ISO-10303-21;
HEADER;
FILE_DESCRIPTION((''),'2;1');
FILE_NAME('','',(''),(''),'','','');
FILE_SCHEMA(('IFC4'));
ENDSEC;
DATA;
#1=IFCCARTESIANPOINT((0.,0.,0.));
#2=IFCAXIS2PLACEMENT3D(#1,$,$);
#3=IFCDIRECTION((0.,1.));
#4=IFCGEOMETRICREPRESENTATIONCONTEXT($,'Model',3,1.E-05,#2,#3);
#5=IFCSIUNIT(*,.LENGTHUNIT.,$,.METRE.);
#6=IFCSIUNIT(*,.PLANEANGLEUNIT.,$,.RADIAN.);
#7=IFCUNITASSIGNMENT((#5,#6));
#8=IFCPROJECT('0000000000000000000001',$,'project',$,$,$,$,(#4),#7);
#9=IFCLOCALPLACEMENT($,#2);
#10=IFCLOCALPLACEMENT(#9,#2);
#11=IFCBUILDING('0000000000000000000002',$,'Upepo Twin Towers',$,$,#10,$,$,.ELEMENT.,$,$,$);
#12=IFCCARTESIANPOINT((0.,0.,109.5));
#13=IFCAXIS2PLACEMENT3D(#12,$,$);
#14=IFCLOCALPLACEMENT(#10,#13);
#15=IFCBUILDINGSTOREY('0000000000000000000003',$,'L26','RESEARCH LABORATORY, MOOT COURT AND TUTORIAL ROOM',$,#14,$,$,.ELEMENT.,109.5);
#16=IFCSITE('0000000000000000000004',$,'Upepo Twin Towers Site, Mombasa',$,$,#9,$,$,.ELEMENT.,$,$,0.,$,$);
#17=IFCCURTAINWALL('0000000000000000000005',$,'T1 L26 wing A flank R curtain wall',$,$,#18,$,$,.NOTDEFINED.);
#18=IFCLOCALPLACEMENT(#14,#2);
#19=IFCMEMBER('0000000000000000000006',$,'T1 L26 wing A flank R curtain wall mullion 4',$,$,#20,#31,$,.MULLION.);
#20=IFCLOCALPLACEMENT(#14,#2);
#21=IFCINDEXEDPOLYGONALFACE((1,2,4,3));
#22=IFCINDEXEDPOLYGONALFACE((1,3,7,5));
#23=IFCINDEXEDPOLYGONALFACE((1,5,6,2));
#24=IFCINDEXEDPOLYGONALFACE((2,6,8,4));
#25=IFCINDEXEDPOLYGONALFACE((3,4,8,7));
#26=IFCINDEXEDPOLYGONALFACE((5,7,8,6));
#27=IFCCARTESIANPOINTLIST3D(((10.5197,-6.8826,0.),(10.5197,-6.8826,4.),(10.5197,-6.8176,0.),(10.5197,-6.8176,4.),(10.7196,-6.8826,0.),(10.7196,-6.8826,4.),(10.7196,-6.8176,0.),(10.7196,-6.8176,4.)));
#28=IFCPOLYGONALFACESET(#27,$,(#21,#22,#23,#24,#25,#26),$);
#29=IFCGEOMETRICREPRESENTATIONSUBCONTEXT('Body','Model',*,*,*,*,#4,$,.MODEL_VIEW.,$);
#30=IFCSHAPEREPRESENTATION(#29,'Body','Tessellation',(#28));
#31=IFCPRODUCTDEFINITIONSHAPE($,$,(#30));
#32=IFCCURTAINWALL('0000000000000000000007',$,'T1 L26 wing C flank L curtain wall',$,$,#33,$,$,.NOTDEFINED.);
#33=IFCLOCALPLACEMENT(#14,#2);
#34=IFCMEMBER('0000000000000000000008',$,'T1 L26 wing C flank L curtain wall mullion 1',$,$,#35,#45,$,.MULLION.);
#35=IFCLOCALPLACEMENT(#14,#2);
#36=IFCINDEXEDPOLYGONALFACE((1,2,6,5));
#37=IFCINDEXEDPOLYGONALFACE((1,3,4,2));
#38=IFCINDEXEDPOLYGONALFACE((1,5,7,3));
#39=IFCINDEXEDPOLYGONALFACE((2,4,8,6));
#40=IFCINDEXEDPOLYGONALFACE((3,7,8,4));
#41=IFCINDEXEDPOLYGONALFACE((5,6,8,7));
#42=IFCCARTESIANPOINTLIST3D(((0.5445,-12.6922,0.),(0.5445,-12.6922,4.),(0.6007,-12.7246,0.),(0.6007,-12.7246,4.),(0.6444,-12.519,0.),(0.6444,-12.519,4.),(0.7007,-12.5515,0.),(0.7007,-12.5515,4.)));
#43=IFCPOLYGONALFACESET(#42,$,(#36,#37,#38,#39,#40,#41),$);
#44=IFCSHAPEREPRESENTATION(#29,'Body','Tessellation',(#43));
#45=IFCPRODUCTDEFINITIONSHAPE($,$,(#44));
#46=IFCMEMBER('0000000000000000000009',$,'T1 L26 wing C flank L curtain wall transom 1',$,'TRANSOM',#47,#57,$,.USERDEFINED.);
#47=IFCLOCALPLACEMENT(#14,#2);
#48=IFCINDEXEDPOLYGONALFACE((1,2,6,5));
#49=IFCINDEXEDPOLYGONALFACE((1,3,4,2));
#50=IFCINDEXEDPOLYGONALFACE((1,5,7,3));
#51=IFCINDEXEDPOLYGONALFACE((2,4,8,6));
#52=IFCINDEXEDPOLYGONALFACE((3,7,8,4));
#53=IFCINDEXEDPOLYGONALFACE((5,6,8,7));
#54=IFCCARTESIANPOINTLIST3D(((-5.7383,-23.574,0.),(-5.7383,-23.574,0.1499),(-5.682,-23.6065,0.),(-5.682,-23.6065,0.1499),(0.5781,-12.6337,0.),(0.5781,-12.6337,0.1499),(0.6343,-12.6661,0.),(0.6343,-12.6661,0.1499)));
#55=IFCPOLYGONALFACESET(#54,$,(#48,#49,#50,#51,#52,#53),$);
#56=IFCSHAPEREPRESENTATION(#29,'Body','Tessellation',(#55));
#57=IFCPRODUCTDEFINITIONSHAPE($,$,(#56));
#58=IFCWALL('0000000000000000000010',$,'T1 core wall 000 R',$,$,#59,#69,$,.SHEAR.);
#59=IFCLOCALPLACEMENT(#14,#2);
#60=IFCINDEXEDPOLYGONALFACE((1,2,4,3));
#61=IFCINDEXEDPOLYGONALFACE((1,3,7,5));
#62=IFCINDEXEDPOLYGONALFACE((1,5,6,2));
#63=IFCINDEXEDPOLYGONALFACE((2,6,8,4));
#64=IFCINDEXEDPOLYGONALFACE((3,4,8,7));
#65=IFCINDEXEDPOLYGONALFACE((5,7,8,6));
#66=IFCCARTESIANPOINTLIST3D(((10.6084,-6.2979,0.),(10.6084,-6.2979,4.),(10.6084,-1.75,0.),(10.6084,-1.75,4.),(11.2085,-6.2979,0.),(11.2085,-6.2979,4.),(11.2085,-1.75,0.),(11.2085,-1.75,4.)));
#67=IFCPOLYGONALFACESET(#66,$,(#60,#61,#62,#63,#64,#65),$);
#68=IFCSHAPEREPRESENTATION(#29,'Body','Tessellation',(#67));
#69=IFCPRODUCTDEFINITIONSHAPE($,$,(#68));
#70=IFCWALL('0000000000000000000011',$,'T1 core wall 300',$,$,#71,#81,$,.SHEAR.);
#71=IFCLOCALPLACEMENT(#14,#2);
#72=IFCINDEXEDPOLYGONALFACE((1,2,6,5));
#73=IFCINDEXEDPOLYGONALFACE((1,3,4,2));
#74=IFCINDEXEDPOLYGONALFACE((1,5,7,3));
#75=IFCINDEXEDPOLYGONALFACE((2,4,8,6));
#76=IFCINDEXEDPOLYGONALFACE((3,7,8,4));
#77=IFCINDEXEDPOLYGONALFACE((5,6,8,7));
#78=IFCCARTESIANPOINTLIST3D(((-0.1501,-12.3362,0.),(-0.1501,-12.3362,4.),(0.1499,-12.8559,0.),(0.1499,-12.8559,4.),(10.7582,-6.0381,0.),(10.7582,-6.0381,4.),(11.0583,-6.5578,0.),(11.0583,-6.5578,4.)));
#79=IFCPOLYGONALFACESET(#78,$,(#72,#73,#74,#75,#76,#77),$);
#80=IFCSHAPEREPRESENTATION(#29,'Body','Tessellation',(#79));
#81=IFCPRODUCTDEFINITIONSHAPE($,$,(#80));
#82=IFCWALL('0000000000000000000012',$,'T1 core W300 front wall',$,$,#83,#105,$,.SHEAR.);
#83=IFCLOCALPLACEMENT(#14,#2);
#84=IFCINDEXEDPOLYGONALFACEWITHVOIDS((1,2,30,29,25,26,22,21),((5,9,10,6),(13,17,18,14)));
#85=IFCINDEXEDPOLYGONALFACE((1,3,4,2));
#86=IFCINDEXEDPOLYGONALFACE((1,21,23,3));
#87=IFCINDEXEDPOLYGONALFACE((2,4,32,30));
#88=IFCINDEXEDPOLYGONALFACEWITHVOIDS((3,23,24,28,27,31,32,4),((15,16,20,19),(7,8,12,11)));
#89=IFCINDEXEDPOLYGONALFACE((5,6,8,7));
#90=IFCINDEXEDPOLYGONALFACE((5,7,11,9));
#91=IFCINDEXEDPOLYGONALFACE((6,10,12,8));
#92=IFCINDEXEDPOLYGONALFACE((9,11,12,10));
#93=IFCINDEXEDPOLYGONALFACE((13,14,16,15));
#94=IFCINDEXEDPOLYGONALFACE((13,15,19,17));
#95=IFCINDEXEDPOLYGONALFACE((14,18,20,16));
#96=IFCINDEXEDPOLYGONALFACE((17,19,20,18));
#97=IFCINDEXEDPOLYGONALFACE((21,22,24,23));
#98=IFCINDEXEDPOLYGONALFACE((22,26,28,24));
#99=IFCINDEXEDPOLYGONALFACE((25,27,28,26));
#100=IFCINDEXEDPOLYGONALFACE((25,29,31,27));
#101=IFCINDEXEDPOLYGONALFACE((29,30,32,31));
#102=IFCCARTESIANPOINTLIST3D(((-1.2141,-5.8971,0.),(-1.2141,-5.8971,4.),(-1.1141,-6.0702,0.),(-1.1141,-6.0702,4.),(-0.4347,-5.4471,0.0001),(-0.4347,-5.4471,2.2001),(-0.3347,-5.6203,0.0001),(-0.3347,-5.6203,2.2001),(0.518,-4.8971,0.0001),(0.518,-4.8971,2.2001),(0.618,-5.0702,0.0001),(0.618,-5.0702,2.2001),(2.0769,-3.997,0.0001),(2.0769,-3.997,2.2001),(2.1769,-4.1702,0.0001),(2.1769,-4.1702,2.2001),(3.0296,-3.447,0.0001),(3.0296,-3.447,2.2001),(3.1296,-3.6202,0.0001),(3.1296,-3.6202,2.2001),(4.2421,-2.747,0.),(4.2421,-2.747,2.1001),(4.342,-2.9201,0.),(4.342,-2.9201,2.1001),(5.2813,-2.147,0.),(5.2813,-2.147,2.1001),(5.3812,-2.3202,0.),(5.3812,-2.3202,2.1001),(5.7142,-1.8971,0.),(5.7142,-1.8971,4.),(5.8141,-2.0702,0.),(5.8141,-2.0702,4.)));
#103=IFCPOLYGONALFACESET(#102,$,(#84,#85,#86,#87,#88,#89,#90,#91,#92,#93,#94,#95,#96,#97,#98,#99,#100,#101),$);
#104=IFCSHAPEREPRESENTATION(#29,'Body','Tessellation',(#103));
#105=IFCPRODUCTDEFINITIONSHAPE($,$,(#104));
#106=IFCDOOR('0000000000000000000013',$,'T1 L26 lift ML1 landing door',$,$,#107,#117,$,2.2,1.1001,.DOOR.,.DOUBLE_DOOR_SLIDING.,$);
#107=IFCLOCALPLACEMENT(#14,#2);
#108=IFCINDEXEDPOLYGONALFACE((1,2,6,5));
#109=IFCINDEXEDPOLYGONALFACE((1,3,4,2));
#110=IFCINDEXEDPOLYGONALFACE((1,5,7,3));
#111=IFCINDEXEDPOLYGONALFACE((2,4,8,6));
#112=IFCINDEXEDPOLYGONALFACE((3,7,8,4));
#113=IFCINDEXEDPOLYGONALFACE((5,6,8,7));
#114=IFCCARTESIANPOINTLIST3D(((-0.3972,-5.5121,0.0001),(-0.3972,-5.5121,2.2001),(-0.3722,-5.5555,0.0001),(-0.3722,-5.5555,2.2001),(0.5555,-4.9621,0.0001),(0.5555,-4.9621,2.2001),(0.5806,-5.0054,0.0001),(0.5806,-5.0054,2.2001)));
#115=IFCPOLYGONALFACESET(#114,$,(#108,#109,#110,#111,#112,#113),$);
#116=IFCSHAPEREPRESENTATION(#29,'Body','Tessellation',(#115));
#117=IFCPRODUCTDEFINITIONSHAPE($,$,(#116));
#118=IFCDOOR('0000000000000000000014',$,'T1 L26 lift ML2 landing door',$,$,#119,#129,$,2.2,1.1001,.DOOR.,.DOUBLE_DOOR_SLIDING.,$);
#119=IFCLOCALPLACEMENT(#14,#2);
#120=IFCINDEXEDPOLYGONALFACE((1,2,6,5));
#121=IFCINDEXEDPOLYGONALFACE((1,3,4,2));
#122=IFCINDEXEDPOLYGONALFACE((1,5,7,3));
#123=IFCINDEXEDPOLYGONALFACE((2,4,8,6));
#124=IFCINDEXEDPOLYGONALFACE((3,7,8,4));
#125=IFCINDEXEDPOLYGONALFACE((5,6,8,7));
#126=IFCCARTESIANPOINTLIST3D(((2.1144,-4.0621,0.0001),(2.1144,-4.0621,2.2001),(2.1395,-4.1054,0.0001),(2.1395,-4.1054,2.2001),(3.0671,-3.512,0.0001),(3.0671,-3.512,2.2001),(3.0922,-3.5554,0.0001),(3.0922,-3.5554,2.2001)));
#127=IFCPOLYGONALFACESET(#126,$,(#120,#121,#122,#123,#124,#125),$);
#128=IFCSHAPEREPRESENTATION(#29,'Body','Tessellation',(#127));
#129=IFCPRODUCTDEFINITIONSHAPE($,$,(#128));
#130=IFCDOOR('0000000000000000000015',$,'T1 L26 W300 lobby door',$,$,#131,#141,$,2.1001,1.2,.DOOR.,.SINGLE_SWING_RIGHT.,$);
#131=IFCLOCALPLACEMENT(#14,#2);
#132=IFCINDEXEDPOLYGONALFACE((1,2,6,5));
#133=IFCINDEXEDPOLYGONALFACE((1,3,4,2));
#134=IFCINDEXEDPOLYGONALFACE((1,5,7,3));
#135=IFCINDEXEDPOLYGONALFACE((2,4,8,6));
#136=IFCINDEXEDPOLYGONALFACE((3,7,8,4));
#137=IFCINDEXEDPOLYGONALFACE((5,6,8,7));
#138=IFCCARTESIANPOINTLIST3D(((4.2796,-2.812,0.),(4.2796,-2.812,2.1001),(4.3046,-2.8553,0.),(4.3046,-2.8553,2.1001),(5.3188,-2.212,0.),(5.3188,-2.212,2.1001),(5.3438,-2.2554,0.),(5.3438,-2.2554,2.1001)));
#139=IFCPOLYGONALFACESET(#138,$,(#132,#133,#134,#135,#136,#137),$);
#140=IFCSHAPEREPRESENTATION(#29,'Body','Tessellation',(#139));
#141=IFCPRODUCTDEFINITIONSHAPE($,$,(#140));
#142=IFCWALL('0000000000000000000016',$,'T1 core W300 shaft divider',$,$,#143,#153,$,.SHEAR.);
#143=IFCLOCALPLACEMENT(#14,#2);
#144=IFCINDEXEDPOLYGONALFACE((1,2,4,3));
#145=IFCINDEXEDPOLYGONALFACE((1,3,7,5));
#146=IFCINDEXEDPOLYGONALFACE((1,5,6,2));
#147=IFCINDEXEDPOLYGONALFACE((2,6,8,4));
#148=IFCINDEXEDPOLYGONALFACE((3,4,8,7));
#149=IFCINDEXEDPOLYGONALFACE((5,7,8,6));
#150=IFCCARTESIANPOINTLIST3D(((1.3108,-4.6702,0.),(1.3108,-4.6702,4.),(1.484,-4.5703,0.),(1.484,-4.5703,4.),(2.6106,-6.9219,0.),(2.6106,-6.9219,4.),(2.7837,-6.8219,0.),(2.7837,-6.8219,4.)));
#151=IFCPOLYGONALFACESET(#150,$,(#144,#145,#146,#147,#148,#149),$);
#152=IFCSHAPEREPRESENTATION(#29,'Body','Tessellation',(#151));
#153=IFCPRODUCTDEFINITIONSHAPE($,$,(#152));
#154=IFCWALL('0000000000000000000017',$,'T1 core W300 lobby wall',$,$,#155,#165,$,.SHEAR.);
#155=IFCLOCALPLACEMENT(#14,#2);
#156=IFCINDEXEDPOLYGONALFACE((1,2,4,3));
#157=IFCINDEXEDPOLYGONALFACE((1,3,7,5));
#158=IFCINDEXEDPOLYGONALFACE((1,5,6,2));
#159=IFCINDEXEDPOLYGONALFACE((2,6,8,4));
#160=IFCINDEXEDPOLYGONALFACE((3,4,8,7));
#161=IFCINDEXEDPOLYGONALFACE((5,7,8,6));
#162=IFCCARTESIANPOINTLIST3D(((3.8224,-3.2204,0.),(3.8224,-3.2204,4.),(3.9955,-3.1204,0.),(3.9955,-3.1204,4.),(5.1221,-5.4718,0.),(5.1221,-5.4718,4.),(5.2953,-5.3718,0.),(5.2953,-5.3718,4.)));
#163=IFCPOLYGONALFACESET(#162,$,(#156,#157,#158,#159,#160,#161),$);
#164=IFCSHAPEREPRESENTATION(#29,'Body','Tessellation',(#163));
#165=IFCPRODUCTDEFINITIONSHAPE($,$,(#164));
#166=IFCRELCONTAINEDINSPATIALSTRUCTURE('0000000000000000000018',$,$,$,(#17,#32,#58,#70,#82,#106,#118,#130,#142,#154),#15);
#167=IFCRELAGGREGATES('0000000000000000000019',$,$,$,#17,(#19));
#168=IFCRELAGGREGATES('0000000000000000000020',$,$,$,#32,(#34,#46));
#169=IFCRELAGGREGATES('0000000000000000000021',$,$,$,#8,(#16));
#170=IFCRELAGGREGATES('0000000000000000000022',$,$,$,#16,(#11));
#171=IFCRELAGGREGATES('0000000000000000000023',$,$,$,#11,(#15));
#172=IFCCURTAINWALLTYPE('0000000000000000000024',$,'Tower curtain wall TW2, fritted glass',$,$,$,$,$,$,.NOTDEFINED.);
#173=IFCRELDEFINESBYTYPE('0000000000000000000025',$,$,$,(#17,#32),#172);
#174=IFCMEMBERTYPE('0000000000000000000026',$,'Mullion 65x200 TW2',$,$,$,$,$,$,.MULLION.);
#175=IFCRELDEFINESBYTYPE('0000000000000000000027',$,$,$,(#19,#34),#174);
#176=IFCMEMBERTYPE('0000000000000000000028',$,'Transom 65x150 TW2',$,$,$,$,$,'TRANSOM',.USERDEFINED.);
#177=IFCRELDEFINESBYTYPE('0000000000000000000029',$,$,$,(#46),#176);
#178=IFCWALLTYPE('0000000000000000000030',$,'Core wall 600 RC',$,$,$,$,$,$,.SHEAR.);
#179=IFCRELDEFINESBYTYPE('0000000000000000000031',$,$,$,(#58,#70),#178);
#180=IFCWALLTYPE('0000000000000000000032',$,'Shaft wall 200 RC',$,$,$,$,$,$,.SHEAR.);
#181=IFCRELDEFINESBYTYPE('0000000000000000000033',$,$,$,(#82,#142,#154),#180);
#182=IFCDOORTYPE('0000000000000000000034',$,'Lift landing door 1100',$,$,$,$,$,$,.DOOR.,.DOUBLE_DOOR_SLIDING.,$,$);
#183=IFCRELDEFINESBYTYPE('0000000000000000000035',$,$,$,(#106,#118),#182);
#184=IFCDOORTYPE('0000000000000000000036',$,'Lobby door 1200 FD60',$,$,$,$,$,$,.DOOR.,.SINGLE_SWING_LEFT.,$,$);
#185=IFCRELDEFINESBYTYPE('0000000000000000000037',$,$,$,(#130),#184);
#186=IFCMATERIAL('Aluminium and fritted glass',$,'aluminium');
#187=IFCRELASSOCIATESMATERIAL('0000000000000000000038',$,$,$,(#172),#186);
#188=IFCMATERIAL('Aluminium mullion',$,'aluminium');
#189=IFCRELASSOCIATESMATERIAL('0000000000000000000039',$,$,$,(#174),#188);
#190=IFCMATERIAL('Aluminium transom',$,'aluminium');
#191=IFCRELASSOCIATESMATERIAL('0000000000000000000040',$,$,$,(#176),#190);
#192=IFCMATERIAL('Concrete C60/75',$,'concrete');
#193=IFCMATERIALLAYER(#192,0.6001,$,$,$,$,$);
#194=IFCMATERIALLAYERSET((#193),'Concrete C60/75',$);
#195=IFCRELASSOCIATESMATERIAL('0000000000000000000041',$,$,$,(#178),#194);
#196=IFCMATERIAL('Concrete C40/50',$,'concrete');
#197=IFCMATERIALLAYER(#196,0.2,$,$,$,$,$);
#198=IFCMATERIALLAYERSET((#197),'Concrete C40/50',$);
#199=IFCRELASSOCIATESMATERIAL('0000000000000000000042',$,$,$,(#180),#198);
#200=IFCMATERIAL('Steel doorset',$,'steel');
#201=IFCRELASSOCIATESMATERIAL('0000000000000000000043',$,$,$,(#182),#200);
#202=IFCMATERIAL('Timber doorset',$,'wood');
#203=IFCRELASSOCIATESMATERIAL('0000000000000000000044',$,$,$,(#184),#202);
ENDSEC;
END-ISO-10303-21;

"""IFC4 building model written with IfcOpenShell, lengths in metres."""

from ifc_helpers import new_model, si_unit, direction, frame, frame_2d, origin, origin_2d, place, context, subcontext, project, spatial, rectangle, extrude, material, layer, layer_set, material_profile, profile_set, type_object, element, fill, aggregate, save


model = new_model("IFC4")

# Units and contexts
model_context = context("Model", 3, precision=1e-05, world=origin(), true_north=direction((0.0, 1.0)))
body_context = subcontext(model_context, "Body", "Model", "MODEL_VIEW")
ifc_project = project(units=[si_unit("LENGTHUNIT", "METRE"), si_unit("PLANEANGLEUNIT", "RADIAN")], contexts=[model_context])

# Site, building, storey
site_placement = place(None, origin())
site = spatial("IfcSite", under=ifc_project, at=site_placement, Name="Upepo Twin Towers Site, Mombasa", CompositionType="ELEMENT", RefElevation=0.0)
building_placement = place(site_placement, origin())
building = spatial("IfcBuilding", under=site, at=building_placement, Name="Upepo Twin Towers", CompositionType="ELEMENT")
storey_placement = place(building_placement, frame((0.0, 0.0, 109.5)))
storey = spatial("IfcBuildingStorey", under=building, at=storey_placement, Name="L26", Description="RESEARCH LABORATORY, MOOT COURT AND TUTORIAL ROOM", CompositionType="ELEMENT", Elevation=109.5)

# Curtain wall, member
ifc_material_1 = material(Name="Aluminium and fritted glass", Category="aluminium")
curtain_wall_type = type_object("IfcCurtainWallType", Name="Tower curtain wall TW2, fritted glass", PredefinedType="NOTDEFINED", material=ifc_material_1)
curtain_wall_1_placement = place(storey_placement, origin())
curtain_wall_1 = element("IfcCurtainWall", 1, at=curtain_wall_1_placement, inside=storey, type_object=curtain_wall_type, Name="T1 L26 wing A flank R curtain wall", PredefinedType="NOTDEFINED")
ifc_material_2 = material(Name="Aluminium mullion", Category="aluminium")
ifc_material_profile_1 = material_profile(ifc_material_2, rectangle(XDim=0.0649, YDim=0.2, at=origin_2d()), Name="MULLION 65x200")
ifc_profile_set_1 = profile_set([ifc_material_profile_1], Name="Aluminium mullion")
member_type_1 = type_object("IfcMemberType", Name="Mullion 65x200 TW2", PredefinedType="MULLION", material=ifc_profile_set_1)
member_1_placement = place(storey_placement, frame((10.6196, -6.8501, 0.0), z_axis=(0.0, 0.0, 1.0), x_axis=(0.0, -1.0, 0.0)))
member_1 = element("IfcMember", 2, at=member_1_placement, type_object=member_type_1, Name="T1 L26 wing A flank R curtain wall mullion 4", PredefinedType="MULLION", context=body_context, shape_type="SweptSolid", body=[
    extrude(rectangle(XDim=0.0649, YDim=0.2, at=origin_2d()), origin(), (0.0, 0.0, 1.0), 4.0),
])
aggregate(curtain_wall_1, [member_1])

# Curtain wall, members
curtain_wall_2_placement = place(storey_placement, origin())
curtain_wall_2 = element("IfcCurtainWall", 3, at=curtain_wall_2_placement, inside=storey, type_object=curtain_wall_type, Name="T1 L26 wing C flank L curtain wall", PredefinedType="NOTDEFINED")
member_2_placement = place(storey_placement, frame((0.6226, -12.6218, 0.0), z_axis=(0.0, 0.0, 1.0), x_axis=(0.866025, -0.5, 0.0)))
member_2 = element("IfcMember", 4, at=member_2_placement, type_object=member_type_1, Name="T1 L26 wing C flank L curtain wall mullion 1", PredefinedType="MULLION", context=body_context, shape_type="SweptSolid", body=[
    extrude(rectangle(XDim=0.0649, YDim=0.2, at=origin_2d()), origin(), (0.0, 0.0, 1.0), 4.0),
])
ifc_material_3 = material(Name="Aluminium transom", Category="aluminium")
ifc_material_profile_2 = material_profile(ifc_material_3, rectangle(XDim=0.0649, YDim=0.1499, at=origin_2d()), Name="TRANSOM 65x150")
ifc_profile_set_2 = profile_set([ifc_material_profile_2], Name="Aluminium transom")
member_type_2 = type_object("IfcMemberType", Name="Transom 65x150 TW2", ElementType="TRANSOM", PredefinedType="USERDEFINED", material=ifc_profile_set_2)
member_3_placement = place(storey_placement, frame((0.6062, -12.6499, 0.075), z_axis=(-0.499997, -0.866027, 0.0), x_axis=(0.866027, -0.499997, 0.0)))
member_3 = element("IfcMember", 5, at=member_3_placement, type_object=member_type_2, Name="T1 L26 wing C flank L curtain wall transom 1", ObjectType="TRANSOM", PredefinedType="USERDEFINED", context=body_context, shape_type="SweptSolid", body=[
    extrude(rectangle(XDim=0.0649, YDim=0.1499, at=origin_2d()), origin(), (0.0, 0.0, 1.0), 12.6328),
])
aggregate(curtain_wall_2, [member_2, member_3])

# Walls
ifc_material_4 = material(Name="Concrete C60/75", Category="concrete")
ifc_layer_1 = layer(ifc_material_4, 0.6001)
ifc_layer_set_1 = layer_set([ifc_layer_1], Name="Concrete C60/75")
wall_type_1 = type_object("IfcWallType", Name="Core wall 600 RC", PredefinedType="SHEAR", material=ifc_layer_set_1)
wall_1_placement = place(storey_placement, frame((10.9084, -6.2979, 0.0), z_axis=(0.0, 0.0, 1.0), x_axis=(0.0, 1.0, 0.0)))
element("IfcWall", 6, at=wall_1_placement, inside=storey, type_object=wall_type_1, Name="T1 core wall 000 R", PredefinedType="SHEAR", context=body_context, shape_type="SweptSolid", body=[
    extrude(rectangle(XDim=4.5479, YDim=0.6001, at=frame_2d((2.2739, 0.0))), origin(), (0.0, 0.0, 1.0), 4.0),
])
wall_2_placement = place(storey_placement, frame((0.0, -12.5959, 0.0), z_axis=(0.0, 0.0, 1.0), x_axis=(0.866022, 0.500006, 0.0)))
element("IfcWall", 7, at=wall_2_placement, inside=storey, type_object=wall_type_1, Name="T1 core wall 300", PredefinedType="SHEAR", context=body_context, shape_type="SweptSolid", body=[
    extrude(rectangle(XDim=12.5959, YDim=0.6001, at=frame_2d((6.2979, 0.0))), origin(), (0.0, 0.0, 1.0), 4.0),
])

# Wall, openings, doors
ifc_material_5 = material(Name="Concrete C40/50", Category="concrete")
ifc_layer_2 = layer(ifc_material_5, 0.2)
ifc_layer_set_2 = layer_set([ifc_layer_2], Name="Concrete C40/50")
wall_type_2 = type_object("IfcWallType", Name="Shaft wall 200 RC", PredefinedType="SHEAR", material=ifc_layer_set_2)
wall_3_placement = place(storey_placement, frame((-1.1641, -5.9836, 0.0), z_axis=(0.0, 0.0, 1.0), x_axis=(0.866026, 0.499999, 0.0)))
wall_3 = element("IfcWall", 8, at=wall_3_placement, inside=storey, type_object=wall_type_2, Name="T1 core W300 front wall", PredefinedType="SHEAR", context=body_context, shape_type="SweptSolid", body=[
    extrude(rectangle(XDim=8.0, YDim=0.2, at=frame_2d((4.0, 0.0))), origin(), (0.0, 0.0, 1.0), 4.0),
])
opening_1_placement = place(wall_3_placement, frame((6.3, 0.0, 0.0)))
opening_1 = element("IfcOpeningElement", 9, at=opening_1_placement, cuts=wall_3, PredefinedType="OPENING", context=body_context, shape_type="SweptSolid", body=[
    extrude(rectangle(XDim=1.2, YDim=2.1001, at=frame_2d((0.6001, 1.05))), frame((0.0, 0.1099, 0.0), z_axis=(0.0, -1.0, 0.0), x_axis=(1.0, 0.0, 0.0)), (0.0, 0.0, 1.0), 0.22),
])
opening_2_placement = place(wall_3_placement, frame((0.8999, 0.0, 0.0)))
opening_2 = element("IfcOpeningElement", 10, at=opening_2_placement, cuts=wall_3, PredefinedType="OPENING", context=body_context, shape_type="SweptSolid", body=[
    extrude(rectangle(XDim=1.1001, YDim=2.2, at=frame_2d((0.55, 1.1001))), frame((0.0, 0.1099, 0.0), z_axis=(0.0, -1.0, 0.0), x_axis=(1.0, 0.0, 0.0)), (0.0, 0.0, 1.0), 0.22),
])
opening_3_placement = place(wall_3_placement, frame((3.8, 0.0, 0.0)))
opening_3 = element("IfcOpeningElement", 11, at=opening_3_placement, cuts=wall_3, PredefinedType="OPENING", context=body_context, shape_type="SweptSolid", body=[
    extrude(rectangle(XDim=1.1001, YDim=2.2, at=frame_2d((0.55, 1.1001))), frame((0.0, 0.1099, 0.0), z_axis=(0.0, -1.0, 0.0), x_axis=(1.0, 0.0, 0.0)), (0.0, 0.0, 1.0), 0.22),
])
ifc_material_6 = material(Name="Steel doorset", Category="steel")
door_type_1 = type_object("IfcDoorType", Name="Lift landing door 1100", OperationType="DOUBLE_DOOR_SLIDING", PredefinedType="DOOR", material=ifc_material_6)
door_1_placement = place(opening_2_placement, origin())
door_1 = element("IfcDoor", 12, at=door_1_placement, inside=storey, type_object=door_type_1, Name="T1 L26 lift ML1 landing door", OperationType="DOUBLE_DOOR_SLIDING", OverallHeight=2.2, OverallWidth=1.1001, PredefinedType="DOOR", context=body_context, shape_type="SweptSolid", body=[
    extrude(rectangle(XDim=1.1001, YDim=2.2, at=frame_2d((0.55, 1.1001))), frame((0.0, 0.0249, 0.0), z_axis=(0.0, -1.0, 0.0), x_axis=(1.0, 0.0, 0.0)), (0.0, 0.0, 1.0), 0.05),
])
fill(opening_2, door_1)
door_2_placement = place(opening_3_placement, origin())
door_2 = element("IfcDoor", 13, at=door_2_placement, inside=storey, type_object=door_type_1, Name="T1 L26 lift ML2 landing door", OperationType="DOUBLE_DOOR_SLIDING", OverallHeight=2.2, OverallWidth=1.1001, PredefinedType="DOOR", context=body_context, shape_type="SweptSolid", body=[
    extrude(rectangle(XDim=1.1001, YDim=2.2, at=frame_2d((0.55, 1.1001))), frame((0.0, 0.0249, 0.0), z_axis=(0.0, -1.0, 0.0), x_axis=(1.0, 0.0, 0.0)), (0.0, 0.0, 1.0), 0.05),
])
fill(opening_3, door_2)
ifc_material_7 = material(Name="Timber doorset", Category="wood")
door_type_2 = type_object("IfcDoorType", Name="Lobby door 1200 FD60", OperationType="SINGLE_SWING_LEFT", PredefinedType="DOOR", material=ifc_material_7)
door_3_placement = place(opening_1_placement, origin())
door_3 = element("IfcDoor", 14, at=door_3_placement, inside=storey, type_object=door_type_2, Name="T1 L26 W300 lobby door", OperationType="SINGLE_SWING_RIGHT", OverallHeight=2.1001, OverallWidth=1.2, PredefinedType="DOOR", context=body_context, shape_type="SweptSolid", body=[
    extrude(rectangle(XDim=1.2, YDim=2.1001, at=frame_2d((0.6001, 1.05))), frame((0.0, 0.0249, 0.0), z_axis=(0.0, -1.0, 0.0), x_axis=(1.0, 0.0, 0.0)), (0.0, 0.0, 1.0), 0.05),
])
fill(opening_1, door_3)

# Walls
wall_4_placement = place(storey_placement, frame((1.3975, -4.6204, 0.0), z_axis=(0.0, 0.0, 1.0), x_axis=(0.499937, -0.866062, 0.0)))
element("IfcWall", 15, at=wall_4_placement, inside=storey, type_object=wall_type_2, Name="T1 core W300 shaft divider", PredefinedType="SHEAR", context=body_context, shape_type="SweptSolid", body=[
    extrude(rectangle(XDim=2.5999, YDim=0.2, at=frame_2d((1.2998, 0.0))), origin(), (0.0, 0.0, 1.0), 4.0),
])
wall_5_placement = place(storey_placement, frame((3.9089, -3.1704, 0.0), z_axis=(0.0, 0.0, 1.0), x_axis=(0.499977, -0.866039, 0.0)))
element("IfcWall", 16, at=wall_5_placement, inside=storey, type_object=wall_type_2, Name="T1 core W300 lobby wall", PredefinedType="SHEAR", context=body_context, shape_type="SweptSolid", body=[
    extrude(rectangle(XDim=2.5996, YDim=0.2, at=frame_2d((1.2998, 0.0))), origin(), (0.0, 0.0, 1.0), 4.0),
])

save(model, "model.ifc")
